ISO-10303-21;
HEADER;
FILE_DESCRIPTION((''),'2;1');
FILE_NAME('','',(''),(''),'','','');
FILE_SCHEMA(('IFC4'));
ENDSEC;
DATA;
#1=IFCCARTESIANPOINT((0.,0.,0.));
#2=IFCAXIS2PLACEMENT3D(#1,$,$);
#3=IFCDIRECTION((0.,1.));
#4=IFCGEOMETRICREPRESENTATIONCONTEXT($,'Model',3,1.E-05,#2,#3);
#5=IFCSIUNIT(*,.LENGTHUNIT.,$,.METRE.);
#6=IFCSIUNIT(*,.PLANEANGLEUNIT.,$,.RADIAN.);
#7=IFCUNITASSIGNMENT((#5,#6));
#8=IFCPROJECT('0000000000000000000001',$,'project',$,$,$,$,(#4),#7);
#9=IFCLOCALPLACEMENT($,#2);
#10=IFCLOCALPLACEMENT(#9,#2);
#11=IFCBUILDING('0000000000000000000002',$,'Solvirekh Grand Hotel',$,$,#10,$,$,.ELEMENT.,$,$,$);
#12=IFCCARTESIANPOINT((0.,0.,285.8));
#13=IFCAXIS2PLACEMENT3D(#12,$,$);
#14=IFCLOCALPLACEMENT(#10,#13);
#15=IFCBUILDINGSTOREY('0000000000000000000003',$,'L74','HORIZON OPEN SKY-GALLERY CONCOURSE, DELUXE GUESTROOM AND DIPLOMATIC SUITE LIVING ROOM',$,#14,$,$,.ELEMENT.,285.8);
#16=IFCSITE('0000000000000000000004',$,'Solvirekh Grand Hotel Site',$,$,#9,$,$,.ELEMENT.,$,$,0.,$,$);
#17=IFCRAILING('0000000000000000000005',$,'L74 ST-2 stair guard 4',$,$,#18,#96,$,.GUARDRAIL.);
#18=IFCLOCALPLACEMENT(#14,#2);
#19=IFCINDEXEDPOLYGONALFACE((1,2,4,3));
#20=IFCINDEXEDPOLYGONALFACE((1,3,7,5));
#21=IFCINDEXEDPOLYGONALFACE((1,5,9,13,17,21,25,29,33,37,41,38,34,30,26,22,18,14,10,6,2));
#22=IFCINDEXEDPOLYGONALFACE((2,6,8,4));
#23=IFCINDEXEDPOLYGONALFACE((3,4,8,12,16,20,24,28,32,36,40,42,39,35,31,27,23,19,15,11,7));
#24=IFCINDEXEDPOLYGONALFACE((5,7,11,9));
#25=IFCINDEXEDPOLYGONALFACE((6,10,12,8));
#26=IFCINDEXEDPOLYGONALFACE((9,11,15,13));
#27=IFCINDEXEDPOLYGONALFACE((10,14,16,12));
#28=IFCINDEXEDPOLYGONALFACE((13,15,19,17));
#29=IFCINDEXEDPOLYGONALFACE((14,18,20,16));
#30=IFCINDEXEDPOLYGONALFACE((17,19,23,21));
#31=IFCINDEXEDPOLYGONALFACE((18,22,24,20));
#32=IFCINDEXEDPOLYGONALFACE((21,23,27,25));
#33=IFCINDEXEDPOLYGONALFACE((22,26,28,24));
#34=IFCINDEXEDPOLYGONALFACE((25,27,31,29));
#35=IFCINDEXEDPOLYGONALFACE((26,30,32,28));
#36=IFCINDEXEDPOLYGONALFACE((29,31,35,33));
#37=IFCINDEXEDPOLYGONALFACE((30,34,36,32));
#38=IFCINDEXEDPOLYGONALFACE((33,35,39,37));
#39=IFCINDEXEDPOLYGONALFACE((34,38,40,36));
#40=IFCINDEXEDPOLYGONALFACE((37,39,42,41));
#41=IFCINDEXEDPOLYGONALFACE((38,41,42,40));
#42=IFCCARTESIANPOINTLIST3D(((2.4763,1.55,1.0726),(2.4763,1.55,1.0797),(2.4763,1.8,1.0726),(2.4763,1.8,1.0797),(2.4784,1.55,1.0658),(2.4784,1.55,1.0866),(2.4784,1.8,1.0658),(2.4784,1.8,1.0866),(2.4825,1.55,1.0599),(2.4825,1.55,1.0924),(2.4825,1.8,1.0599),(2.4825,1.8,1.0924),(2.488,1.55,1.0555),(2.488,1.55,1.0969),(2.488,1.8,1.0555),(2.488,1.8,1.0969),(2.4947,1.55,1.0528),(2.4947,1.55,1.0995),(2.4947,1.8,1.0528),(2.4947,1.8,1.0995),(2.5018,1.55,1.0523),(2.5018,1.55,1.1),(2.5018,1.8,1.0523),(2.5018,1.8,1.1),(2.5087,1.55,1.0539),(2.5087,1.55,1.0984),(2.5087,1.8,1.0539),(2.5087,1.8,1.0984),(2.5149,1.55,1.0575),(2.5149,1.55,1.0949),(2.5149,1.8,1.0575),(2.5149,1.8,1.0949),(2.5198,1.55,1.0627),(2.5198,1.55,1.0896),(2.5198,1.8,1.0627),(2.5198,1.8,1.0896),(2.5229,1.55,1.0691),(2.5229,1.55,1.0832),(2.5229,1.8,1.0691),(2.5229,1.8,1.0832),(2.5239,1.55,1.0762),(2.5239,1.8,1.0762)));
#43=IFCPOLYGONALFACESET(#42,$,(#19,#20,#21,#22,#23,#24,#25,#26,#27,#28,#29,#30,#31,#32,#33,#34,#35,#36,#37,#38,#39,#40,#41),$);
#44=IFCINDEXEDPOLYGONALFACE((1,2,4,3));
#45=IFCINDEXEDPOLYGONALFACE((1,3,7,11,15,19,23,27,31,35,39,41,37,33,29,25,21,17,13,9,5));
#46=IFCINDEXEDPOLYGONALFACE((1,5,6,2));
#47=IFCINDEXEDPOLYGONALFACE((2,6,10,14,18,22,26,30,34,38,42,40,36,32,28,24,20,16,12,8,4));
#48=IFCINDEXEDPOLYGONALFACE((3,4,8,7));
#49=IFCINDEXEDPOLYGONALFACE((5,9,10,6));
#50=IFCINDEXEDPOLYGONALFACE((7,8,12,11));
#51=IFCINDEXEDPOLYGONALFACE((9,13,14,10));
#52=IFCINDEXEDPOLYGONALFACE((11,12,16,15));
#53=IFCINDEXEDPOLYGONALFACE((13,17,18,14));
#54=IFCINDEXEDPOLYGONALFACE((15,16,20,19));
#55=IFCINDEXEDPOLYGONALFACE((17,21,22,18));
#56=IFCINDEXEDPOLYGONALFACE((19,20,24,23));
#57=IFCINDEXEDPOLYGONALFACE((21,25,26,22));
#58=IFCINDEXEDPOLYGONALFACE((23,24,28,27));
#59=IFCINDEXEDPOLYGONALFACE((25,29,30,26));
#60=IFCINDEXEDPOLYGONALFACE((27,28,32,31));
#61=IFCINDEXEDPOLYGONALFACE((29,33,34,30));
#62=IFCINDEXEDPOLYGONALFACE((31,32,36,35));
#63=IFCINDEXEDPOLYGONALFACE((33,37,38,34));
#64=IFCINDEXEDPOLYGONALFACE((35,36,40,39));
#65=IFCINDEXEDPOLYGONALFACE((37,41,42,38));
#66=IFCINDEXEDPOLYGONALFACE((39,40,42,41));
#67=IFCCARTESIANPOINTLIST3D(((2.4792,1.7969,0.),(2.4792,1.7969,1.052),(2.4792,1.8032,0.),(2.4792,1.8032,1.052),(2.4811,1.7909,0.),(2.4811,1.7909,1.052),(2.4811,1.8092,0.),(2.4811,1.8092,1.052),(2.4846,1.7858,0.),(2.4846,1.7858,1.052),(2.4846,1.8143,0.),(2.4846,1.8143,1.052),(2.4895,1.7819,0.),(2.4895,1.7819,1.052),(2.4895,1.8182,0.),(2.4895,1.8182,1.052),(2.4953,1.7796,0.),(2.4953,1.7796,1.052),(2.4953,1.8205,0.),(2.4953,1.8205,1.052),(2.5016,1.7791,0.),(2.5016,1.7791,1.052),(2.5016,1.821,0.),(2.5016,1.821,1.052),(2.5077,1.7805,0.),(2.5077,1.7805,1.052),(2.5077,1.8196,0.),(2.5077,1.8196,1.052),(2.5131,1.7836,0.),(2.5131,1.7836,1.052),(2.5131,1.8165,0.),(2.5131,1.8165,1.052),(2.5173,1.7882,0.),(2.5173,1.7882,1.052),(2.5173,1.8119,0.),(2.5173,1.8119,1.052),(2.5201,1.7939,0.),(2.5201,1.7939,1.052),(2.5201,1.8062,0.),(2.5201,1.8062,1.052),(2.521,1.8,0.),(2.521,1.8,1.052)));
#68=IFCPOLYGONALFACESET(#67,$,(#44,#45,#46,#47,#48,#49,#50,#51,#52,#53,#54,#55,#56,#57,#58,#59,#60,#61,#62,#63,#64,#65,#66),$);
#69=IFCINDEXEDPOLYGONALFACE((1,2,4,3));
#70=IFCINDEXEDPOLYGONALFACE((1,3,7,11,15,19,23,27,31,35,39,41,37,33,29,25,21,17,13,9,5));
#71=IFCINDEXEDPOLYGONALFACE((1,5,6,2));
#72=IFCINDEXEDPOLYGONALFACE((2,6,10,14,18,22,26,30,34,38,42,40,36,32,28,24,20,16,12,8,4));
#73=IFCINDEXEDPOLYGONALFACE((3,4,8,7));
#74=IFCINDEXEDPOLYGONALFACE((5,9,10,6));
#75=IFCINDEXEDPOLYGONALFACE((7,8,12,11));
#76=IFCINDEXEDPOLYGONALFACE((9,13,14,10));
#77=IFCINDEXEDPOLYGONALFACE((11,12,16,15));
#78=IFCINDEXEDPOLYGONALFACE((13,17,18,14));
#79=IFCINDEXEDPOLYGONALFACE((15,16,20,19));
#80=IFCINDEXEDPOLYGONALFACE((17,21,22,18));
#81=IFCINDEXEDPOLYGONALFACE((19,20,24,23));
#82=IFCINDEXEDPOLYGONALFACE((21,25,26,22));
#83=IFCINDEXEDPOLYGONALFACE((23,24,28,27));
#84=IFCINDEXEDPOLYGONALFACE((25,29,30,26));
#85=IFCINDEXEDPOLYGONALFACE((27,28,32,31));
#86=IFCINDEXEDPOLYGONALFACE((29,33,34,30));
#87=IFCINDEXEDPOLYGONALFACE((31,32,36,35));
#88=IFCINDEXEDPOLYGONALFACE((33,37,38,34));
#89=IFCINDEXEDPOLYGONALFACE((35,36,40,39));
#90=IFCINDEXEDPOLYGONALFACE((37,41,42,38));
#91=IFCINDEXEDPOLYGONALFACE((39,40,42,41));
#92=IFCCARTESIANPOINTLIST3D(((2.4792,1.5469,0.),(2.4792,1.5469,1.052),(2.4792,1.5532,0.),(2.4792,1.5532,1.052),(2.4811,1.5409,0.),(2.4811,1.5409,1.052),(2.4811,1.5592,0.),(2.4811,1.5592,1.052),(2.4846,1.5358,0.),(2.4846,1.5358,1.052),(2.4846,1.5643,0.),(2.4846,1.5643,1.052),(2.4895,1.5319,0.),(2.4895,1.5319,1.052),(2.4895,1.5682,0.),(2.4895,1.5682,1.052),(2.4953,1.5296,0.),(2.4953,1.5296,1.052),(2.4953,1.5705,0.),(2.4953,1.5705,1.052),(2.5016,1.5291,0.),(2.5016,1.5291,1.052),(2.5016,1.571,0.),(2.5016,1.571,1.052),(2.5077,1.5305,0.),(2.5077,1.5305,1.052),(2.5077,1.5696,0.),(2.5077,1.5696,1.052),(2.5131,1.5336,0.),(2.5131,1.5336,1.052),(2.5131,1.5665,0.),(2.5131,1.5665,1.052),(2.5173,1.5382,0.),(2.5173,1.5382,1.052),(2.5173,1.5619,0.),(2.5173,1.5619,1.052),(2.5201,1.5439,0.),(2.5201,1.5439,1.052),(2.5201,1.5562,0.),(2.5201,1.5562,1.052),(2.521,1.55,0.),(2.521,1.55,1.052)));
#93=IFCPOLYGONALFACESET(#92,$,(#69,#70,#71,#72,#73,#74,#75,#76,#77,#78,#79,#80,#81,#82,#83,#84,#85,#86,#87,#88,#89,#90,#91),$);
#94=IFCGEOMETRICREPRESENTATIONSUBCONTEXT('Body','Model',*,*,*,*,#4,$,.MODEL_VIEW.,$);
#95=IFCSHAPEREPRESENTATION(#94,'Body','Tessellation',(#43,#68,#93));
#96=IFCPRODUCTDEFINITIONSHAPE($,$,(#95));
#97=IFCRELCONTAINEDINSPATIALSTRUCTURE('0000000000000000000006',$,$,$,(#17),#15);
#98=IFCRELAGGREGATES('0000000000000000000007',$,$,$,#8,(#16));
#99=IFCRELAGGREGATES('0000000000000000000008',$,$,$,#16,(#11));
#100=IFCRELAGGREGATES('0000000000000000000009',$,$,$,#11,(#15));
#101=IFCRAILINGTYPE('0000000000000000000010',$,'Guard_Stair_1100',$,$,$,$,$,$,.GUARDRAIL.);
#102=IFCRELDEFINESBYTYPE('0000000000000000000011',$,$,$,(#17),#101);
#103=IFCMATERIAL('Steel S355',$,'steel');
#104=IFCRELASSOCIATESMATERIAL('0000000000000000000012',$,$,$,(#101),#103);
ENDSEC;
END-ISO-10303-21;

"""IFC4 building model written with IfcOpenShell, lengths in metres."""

from ifc_helpers import new_model, si_unit, direction, frame, origin, origin_2d, place, context, subcontext, project, spatial, circle, extrude, material, type_object, element, save


model = new_model("IFC4")

# Units and contexts
model_context = context("Model", 3, precision=1e-05, world=origin(), true_north=direction((0.0, 1.0)))
body_context = subcontext(model_context, "Body", "Model", "MODEL_VIEW")
ifc_project = project(units=[si_unit("LENGTHUNIT", "METRE"), si_unit("PLANEANGLEUNIT", "RADIAN")], contexts=[model_context])

# Site, building, storey
site_placement = place(None, origin())
site = spatial("IfcSite", under=ifc_project, at=site_placement, Name="Solvirekh Grand Hotel Site", CompositionType="ELEMENT", RefElevation=0.0)
building_placement = place(site_placement, origin())
building = spatial("IfcBuilding", under=site, at=building_placement, Name="Solvirekh Grand Hotel", CompositionType="ELEMENT")
storey_placement = place(building_placement, frame((0.0, 0.0, 285.8)))
storey = spatial("IfcBuildingStorey", under=building, at=storey_placement, Name="L74", Description="HORIZON OPEN SKY-GALLERY CONCOURSE, DELUXE GUESTROOM AND DIPLOMATIC SUITE LIVING ROOM", CompositionType="ELEMENT", Elevation=285.8)

# Railing
ifc_material_1 = material(Name="Steel S355", Category="steel")
railing_type_1 = type_object("IfcRailingType", Name="Guard_Stair_1100", PredefinedType="GUARDRAIL", material=ifc_material_1)
railing_1_placement = place(storey_placement, frame((2.5, 1.8, 0.0)))
element("IfcRailing", 1, at=railing_1_placement, inside=storey, type_object=railing_type_1, Name="L74 ST-2 stair guard 4", PredefinedType="GUARDRAIL", context=body_context, shape_type="SweptSolid", body=[
    extrude(circle(Radius=0.0239, at=origin_2d()), frame((0.0, 0.0, 1.0762), z_axis=(0.0, -1.0, 0.0), x_axis=(1.0, 0.0, 0.0)), (0.0, 0.0, 1.0), 0.25),
    extrude(circle(Radius=0.021, at=origin_2d()), origin(), (0.0, 0.0, 1.0), 1.052),
    extrude(circle(Radius=0.021, at=origin_2d()), frame((0.0, -0.25, 0.0)), (0.0, 0.0, 1.0), 1.052),
])

save(model, "model.ifc")
